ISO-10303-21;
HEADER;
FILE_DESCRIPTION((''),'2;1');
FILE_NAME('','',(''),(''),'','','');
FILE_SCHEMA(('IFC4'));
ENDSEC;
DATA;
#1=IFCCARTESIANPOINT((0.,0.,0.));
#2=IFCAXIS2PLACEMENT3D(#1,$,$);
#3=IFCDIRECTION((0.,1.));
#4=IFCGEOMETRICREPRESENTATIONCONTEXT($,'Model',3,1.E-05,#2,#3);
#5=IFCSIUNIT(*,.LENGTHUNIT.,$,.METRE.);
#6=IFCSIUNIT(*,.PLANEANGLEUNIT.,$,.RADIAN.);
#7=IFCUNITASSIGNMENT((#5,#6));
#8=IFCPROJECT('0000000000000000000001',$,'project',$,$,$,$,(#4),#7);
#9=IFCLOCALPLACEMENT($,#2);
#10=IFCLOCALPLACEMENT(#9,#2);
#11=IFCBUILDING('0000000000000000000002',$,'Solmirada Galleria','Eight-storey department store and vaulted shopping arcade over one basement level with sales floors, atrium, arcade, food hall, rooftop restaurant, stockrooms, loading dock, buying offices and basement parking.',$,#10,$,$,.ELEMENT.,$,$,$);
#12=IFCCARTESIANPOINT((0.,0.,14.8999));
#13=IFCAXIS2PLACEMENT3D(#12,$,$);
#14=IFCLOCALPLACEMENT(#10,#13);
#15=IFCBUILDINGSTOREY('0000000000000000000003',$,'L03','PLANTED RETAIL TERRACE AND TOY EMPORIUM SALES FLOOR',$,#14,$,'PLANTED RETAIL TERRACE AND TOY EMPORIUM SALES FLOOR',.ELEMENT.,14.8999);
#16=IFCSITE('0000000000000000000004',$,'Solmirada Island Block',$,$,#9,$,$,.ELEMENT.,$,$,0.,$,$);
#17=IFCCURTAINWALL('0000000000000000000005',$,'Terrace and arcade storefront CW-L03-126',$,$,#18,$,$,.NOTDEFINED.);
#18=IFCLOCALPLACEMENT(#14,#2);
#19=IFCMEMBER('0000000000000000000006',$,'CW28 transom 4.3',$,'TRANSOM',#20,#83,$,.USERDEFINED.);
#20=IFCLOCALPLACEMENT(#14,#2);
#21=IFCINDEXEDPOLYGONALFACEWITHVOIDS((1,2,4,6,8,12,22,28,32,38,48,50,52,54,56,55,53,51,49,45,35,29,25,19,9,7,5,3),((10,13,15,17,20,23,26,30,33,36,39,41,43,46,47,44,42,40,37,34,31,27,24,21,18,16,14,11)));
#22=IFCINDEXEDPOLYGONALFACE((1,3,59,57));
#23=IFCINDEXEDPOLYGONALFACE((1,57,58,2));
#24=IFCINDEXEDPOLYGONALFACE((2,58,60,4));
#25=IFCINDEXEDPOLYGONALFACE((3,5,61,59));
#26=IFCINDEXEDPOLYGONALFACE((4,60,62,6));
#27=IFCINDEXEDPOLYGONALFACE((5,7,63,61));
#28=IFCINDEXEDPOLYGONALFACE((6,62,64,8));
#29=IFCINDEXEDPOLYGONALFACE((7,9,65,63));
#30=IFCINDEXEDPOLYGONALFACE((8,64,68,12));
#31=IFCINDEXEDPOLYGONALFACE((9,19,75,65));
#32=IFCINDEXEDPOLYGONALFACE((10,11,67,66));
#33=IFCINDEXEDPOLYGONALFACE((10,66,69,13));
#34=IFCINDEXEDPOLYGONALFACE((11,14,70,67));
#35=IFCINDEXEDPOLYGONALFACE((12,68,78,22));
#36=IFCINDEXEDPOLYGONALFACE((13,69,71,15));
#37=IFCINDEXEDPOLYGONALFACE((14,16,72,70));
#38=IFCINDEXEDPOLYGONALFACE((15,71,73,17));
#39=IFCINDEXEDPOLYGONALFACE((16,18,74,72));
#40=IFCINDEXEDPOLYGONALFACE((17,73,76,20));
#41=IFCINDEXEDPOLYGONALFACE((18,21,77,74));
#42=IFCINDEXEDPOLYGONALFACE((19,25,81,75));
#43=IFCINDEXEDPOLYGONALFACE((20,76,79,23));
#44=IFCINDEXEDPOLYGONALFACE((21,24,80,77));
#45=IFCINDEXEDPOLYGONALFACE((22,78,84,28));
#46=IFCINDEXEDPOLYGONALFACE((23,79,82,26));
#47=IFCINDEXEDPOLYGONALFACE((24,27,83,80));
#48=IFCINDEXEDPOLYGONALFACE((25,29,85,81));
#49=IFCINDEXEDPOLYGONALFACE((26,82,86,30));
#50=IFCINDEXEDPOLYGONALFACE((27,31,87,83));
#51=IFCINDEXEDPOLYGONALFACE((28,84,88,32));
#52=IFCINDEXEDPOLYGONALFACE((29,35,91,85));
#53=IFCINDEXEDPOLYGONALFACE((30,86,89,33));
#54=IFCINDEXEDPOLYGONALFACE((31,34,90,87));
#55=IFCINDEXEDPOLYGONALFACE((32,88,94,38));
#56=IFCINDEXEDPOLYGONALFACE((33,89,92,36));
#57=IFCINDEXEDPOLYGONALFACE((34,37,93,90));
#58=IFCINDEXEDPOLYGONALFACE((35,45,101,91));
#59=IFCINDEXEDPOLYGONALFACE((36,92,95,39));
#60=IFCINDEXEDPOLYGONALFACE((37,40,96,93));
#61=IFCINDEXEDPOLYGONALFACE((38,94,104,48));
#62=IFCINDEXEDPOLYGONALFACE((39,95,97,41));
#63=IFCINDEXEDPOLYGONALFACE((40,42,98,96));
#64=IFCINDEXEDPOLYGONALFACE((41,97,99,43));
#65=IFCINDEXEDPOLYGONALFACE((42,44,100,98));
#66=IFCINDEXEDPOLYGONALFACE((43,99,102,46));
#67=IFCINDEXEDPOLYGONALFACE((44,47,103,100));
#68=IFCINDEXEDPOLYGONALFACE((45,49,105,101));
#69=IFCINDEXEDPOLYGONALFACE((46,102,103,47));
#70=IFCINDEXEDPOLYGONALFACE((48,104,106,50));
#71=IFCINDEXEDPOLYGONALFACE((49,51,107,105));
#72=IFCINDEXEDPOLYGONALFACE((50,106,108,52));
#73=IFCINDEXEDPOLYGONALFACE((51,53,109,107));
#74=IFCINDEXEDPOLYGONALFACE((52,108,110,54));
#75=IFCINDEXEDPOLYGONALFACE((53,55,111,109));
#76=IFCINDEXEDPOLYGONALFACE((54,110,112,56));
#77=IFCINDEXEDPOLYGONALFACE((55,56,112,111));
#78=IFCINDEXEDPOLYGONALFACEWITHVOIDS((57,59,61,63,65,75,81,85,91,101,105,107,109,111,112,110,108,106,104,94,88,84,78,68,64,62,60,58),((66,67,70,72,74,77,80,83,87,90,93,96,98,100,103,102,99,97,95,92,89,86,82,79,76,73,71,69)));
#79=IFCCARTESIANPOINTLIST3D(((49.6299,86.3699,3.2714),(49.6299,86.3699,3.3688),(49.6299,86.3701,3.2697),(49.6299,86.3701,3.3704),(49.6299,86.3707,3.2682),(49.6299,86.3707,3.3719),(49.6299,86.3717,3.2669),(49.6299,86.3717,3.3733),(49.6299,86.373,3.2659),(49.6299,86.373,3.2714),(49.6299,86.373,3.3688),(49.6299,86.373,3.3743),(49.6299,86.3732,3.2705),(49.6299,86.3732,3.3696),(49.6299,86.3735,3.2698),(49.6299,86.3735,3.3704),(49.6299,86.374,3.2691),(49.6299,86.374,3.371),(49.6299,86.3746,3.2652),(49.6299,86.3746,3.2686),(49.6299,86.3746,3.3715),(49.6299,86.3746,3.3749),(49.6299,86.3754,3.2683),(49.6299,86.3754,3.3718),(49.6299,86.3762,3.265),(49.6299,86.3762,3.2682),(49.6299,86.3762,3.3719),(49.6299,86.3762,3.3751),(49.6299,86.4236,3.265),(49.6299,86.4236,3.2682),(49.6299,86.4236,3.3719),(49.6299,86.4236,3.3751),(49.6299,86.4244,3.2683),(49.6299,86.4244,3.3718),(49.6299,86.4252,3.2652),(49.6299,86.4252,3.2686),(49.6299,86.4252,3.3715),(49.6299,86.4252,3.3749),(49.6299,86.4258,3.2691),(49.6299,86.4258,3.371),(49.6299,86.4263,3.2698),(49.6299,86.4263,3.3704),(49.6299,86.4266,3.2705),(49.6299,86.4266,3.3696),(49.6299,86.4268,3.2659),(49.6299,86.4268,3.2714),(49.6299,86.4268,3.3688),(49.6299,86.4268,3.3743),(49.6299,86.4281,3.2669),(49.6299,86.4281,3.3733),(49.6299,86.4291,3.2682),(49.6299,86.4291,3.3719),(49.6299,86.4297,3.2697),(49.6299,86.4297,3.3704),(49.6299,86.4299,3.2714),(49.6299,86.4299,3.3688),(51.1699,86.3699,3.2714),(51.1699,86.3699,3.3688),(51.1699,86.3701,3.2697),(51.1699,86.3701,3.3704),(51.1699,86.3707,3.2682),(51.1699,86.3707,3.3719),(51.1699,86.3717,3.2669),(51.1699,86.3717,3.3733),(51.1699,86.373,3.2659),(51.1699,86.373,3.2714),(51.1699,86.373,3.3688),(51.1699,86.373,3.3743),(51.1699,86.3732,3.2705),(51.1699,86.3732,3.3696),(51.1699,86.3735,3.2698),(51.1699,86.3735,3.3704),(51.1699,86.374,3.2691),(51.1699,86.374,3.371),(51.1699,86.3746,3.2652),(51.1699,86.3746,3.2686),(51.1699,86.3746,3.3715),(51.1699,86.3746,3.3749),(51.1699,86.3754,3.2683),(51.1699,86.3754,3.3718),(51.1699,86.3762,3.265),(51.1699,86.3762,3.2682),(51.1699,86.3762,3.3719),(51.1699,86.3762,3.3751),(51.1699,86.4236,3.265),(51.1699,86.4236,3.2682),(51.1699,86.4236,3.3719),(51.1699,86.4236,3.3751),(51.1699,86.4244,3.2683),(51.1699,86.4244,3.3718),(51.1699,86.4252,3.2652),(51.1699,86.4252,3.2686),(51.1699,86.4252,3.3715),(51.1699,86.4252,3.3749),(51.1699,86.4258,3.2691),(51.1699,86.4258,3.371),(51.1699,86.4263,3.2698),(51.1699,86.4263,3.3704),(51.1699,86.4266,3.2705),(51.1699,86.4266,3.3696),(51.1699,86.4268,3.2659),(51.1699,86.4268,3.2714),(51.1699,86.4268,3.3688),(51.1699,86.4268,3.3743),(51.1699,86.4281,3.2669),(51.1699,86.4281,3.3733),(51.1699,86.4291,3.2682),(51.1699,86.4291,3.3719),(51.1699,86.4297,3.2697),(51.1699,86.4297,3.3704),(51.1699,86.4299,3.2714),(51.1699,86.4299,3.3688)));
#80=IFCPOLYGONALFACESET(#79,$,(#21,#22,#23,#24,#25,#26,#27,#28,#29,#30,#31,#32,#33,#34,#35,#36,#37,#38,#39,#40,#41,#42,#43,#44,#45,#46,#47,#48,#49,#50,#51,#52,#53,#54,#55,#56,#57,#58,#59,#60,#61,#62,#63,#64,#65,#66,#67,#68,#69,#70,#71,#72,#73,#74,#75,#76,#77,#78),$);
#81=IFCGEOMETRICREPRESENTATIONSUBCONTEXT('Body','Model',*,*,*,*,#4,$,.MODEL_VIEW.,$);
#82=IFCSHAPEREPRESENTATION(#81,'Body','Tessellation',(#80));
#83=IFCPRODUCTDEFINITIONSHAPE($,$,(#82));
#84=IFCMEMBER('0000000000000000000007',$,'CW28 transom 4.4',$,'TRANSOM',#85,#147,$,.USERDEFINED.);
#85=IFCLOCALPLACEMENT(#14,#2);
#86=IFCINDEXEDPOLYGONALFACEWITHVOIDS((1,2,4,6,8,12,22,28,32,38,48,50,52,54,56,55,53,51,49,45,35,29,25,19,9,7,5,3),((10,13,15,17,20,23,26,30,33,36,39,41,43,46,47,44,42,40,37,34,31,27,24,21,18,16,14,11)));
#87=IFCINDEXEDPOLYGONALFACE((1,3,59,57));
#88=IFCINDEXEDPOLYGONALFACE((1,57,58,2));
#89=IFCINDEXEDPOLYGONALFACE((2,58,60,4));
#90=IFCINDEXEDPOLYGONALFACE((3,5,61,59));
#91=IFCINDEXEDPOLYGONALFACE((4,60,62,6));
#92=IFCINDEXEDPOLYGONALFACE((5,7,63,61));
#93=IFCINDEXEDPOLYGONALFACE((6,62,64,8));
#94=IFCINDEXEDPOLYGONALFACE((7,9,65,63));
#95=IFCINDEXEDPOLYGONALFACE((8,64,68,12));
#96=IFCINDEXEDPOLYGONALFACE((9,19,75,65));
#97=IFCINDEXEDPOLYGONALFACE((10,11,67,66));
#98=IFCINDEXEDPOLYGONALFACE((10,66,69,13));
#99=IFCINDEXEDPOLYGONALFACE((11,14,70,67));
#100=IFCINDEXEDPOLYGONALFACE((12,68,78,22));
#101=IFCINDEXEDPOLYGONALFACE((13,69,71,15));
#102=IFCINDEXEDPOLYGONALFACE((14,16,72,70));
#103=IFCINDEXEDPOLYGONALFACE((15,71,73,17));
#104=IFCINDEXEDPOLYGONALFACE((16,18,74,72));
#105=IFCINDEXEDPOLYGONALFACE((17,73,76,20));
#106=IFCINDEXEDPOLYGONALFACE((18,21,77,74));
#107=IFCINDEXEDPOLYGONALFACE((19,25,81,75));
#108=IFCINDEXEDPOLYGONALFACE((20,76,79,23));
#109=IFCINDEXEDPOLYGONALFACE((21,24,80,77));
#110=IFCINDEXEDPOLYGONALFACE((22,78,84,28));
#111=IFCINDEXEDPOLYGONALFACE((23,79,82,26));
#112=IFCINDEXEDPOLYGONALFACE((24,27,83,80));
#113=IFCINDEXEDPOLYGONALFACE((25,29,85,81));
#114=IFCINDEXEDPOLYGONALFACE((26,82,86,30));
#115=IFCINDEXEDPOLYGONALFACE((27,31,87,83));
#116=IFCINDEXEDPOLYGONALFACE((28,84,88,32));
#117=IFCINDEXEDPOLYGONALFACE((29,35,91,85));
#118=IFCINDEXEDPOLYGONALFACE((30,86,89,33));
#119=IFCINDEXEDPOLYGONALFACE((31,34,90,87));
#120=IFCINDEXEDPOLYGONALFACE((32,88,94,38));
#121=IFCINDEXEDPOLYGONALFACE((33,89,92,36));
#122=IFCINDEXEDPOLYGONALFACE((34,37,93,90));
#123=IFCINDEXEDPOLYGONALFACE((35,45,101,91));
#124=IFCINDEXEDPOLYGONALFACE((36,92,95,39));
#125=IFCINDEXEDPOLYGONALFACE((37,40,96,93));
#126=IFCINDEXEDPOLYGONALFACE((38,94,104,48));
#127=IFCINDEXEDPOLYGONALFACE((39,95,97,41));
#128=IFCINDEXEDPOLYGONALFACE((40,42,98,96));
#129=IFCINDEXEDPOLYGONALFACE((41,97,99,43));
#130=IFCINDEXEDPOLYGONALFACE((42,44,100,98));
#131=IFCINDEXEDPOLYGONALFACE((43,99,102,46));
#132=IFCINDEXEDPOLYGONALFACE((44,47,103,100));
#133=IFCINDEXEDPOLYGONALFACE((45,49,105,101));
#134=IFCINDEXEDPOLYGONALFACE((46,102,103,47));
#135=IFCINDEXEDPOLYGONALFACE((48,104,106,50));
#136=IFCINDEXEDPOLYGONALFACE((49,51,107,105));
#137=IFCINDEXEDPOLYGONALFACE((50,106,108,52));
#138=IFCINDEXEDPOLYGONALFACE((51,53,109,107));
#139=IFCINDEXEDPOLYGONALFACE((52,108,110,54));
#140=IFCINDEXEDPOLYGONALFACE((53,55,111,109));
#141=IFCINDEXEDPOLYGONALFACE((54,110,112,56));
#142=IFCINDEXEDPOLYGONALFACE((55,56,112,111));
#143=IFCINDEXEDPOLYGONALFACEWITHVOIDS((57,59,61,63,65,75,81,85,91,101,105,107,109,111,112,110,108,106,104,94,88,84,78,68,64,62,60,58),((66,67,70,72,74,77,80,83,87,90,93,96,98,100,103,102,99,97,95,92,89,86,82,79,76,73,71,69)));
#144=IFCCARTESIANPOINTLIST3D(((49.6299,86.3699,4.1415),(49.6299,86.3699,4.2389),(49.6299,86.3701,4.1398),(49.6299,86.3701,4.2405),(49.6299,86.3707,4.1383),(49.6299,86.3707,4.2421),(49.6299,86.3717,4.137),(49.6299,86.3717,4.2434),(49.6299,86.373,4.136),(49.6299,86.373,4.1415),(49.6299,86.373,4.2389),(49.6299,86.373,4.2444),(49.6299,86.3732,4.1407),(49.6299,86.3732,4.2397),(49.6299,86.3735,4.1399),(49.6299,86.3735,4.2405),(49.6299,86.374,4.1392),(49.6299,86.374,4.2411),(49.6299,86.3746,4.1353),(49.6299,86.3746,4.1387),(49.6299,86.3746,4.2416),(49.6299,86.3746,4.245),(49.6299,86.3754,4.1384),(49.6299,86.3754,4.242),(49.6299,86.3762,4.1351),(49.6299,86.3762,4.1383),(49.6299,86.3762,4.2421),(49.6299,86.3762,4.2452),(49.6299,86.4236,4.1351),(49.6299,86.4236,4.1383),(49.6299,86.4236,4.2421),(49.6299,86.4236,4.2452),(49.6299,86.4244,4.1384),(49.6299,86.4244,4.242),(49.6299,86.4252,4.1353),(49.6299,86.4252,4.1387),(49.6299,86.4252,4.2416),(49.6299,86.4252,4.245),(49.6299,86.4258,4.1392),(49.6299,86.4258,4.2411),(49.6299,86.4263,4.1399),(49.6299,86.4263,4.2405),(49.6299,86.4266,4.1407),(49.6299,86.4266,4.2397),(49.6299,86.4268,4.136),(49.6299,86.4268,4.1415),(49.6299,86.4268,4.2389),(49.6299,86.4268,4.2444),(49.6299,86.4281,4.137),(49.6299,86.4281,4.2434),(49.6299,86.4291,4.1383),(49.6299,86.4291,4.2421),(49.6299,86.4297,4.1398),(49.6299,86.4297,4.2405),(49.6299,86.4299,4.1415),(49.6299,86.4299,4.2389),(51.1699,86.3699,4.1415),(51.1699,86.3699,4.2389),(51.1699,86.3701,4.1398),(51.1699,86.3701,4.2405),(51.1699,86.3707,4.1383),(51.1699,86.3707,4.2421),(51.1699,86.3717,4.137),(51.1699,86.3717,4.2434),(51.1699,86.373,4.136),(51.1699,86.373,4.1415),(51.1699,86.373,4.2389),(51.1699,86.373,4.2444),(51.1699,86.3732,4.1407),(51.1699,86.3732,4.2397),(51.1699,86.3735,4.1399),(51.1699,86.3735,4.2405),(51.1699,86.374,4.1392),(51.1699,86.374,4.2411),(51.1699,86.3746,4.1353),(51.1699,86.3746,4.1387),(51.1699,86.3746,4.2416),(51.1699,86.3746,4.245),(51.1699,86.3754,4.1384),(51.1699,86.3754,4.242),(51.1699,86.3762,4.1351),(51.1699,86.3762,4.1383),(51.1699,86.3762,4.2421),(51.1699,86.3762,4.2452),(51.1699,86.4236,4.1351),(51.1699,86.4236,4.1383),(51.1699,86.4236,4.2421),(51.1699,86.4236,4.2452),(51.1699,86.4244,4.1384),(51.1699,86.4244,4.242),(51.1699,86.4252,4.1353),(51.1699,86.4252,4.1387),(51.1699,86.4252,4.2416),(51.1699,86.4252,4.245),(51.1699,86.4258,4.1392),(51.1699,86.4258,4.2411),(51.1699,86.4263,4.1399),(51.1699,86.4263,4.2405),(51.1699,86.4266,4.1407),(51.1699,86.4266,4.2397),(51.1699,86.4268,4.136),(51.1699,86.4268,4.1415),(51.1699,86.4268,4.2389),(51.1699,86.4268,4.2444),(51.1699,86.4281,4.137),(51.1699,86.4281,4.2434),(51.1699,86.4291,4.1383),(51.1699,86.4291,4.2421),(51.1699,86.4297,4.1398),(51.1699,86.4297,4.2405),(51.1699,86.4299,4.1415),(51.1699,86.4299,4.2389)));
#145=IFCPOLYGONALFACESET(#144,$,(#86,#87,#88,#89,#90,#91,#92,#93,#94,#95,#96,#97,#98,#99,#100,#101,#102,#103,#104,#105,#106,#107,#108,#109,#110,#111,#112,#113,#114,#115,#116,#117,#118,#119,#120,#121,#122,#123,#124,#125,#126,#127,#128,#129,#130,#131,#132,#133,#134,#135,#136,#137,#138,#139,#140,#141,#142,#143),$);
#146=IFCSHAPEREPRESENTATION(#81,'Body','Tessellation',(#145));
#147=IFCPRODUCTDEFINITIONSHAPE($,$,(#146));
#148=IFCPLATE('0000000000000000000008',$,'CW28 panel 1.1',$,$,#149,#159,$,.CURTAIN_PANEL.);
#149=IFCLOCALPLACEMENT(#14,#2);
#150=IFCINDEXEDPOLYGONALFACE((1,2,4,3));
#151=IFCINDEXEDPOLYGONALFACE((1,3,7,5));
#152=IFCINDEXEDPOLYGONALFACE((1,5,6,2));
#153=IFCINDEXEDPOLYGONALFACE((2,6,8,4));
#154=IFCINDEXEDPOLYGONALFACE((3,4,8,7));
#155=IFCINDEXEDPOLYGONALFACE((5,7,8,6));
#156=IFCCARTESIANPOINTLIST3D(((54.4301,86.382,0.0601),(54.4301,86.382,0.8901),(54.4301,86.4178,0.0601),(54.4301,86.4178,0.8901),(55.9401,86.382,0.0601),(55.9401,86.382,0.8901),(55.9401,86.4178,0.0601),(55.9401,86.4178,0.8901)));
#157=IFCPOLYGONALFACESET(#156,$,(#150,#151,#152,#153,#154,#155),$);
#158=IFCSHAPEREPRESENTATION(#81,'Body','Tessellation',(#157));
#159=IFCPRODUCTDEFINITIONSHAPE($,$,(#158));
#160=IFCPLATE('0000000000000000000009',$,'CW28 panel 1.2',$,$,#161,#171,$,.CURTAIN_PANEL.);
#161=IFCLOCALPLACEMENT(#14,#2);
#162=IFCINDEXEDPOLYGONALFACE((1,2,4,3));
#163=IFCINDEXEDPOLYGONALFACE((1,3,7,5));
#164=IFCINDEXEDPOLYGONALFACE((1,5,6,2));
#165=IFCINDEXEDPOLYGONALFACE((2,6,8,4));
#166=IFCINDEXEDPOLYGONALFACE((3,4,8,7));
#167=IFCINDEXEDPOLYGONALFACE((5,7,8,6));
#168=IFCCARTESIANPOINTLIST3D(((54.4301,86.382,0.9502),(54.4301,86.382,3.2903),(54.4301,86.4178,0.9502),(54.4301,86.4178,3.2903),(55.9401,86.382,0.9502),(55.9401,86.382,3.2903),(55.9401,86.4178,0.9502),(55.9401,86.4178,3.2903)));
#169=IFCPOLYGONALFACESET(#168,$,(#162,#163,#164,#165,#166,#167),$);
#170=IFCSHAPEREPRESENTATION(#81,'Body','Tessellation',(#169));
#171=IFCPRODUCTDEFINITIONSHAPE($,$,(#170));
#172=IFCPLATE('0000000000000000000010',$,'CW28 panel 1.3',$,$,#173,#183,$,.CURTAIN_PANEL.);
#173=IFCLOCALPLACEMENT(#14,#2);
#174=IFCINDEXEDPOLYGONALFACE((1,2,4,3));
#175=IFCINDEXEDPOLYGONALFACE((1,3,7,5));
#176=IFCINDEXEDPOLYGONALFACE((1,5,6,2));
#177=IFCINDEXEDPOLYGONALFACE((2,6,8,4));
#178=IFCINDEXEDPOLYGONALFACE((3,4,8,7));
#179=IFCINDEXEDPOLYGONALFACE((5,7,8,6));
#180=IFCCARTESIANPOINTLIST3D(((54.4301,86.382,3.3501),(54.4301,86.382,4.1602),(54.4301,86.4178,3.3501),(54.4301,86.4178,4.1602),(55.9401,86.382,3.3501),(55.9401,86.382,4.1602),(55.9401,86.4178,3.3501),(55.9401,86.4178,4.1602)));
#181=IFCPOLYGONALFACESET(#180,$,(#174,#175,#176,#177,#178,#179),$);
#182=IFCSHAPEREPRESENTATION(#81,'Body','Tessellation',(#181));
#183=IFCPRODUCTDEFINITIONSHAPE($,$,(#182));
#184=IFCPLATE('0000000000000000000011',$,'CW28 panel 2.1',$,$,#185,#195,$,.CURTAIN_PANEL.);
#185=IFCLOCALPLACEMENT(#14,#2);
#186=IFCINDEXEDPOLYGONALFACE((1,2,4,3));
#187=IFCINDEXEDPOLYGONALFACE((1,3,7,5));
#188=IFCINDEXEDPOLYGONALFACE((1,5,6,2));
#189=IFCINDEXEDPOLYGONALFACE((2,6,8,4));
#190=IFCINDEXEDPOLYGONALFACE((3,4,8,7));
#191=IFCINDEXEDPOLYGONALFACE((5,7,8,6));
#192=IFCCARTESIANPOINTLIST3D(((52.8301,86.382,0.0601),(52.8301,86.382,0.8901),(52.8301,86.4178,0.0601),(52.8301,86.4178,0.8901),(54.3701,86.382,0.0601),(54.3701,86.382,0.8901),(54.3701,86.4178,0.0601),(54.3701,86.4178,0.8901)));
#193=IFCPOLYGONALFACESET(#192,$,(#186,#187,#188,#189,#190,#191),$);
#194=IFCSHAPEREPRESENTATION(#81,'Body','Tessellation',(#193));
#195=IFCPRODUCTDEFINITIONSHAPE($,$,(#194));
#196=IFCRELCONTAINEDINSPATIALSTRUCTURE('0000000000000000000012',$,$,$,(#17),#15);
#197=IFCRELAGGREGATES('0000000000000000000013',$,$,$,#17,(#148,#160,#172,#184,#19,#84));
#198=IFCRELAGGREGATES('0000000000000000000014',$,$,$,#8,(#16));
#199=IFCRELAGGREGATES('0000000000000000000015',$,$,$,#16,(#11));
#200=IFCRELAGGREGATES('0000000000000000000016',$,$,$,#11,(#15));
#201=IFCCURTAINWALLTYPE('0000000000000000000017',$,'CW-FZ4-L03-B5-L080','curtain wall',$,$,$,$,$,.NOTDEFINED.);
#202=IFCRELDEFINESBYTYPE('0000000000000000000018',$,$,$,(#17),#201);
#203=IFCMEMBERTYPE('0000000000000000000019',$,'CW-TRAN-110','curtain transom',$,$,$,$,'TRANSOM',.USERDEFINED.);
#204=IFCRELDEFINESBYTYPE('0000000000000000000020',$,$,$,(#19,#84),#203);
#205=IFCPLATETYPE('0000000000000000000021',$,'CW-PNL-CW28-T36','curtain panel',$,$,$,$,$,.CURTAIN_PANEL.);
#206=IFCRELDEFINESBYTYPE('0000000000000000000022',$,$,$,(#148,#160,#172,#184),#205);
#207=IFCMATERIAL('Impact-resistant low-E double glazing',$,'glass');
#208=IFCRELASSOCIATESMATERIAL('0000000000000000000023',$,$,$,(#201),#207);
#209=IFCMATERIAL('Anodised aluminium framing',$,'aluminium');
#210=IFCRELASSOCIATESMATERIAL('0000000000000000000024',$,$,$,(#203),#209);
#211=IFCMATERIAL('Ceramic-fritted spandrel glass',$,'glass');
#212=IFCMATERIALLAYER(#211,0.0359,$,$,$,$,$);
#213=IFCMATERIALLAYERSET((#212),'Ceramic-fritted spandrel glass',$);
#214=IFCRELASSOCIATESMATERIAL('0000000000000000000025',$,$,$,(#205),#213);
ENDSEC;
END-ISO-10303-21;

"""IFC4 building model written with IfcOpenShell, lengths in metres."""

from ifc_helpers import new_model, si_unit, direction, frame, origin, origin_2d, place, context, subcontext, project, spatial, rectangle, hollow_rectangle, extrude, material, layer, layer_set, material_profile, profile_set, type_object, element, aggregate, save


model = new_model("IFC4")

# Units and contexts
model_context = context("Model", 3, precision=1e-05, world=origin(), true_north=direction((0.0, 1.0)))
body_context = subcontext(model_context, "Body", "Model", "MODEL_VIEW")
ifc_project = project(units=[si_unit("LENGTHUNIT", "METRE"), si_unit("PLANEANGLEUNIT", "RADIAN")], contexts=[model_context])

# Site, building, storey
site_placement = place(None, origin())
site = spatial("IfcSite", under=ifc_project, at=site_placement, Name="Solmirada Island Block", CompositionType="ELEMENT", RefElevation=0.0)
building_placement = place(site_placement, origin())
building = spatial("IfcBuilding", under=site, at=building_placement, Name="Solmirada Galleria", Description="Eight-storey department store and vaulted shopping arcade over one basement level with sales floors, atrium, arcade, food hall, rooftop restaurant, stockrooms, loading dock, buying offices and basement parking.", CompositionType="ELEMENT")
storey_placement = place(building_placement, frame((0.0, 0.0, 14.8999)))
storey = spatial("IfcBuildingStorey", under=building, at=storey_placement, Name="L03", Description="PLANTED RETAIL TERRACE AND TOY EMPORIUM SALES FLOOR", LongName="PLANTED RETAIL TERRACE AND TOY EMPORIUM SALES FLOOR", CompositionType="ELEMENT", Elevation=14.8999)

# Curtain wall, members, plates
ifc_material_1 = material(Name="Impact-resistant low-E double glazing", Category="glass")
curtain_wall_type = type_object("IfcCurtainWallType", Name="CW-FZ4-L03-B5-L080", Description="curtain wall", PredefinedType="NOTDEFINED", material=ifc_material_1)
curtain_wall_placement = place(storey_placement, origin())
curtain_wall = element("IfcCurtainWall", 1, at=curtain_wall_placement, inside=storey, type_object=curtain_wall_type, Name="Terrace and arcade storefront CW-L03-126", PredefinedType="NOTDEFINED")
ifc_material_2 = material(Name="Anodised aluminium framing", Category="aluminium")
ifc_material_profile_1 = material_profile(ifc_material_2, hollow_rectangle(XDim=0.0601, YDim=0.1101, WallThickness=0.0032, InnerFilletRadius=0.0032, OuterFilletRadius=0.0063, at=origin_2d()), Name="ALU-TRAN-110X60")
ifc_profile_set_1 = profile_set([ifc_material_profile_1], Name="Anodised aluminium framing")
member_type_1 = type_object("IfcMemberType", Name="CW-TRAN-110", Description="curtain transom", ElementType="TRANSOM", PredefinedType="USERDEFINED", material=ifc_profile_set_1)
member_1_placement = place(storey_placement, frame((51.1699, 86.3999, 3.3201), z_axis=(-1.0, 0.0, 0.0), x_axis=(0.0, -1.0, 0.0)))
member_1 = element("IfcMember", 2, at=member_1_placement, type_object=member_type_1, Name="CW28 transom 4.3", ObjectType="TRANSOM", PredefinedType="USERDEFINED", context=body_context, shape_type="SweptSolid", body=[
    extrude(hollow_rectangle(XDim=0.0601, YDim=0.1101, WallThickness=0.0032, InnerFilletRadius=0.0032, OuterFilletRadius=0.0063, at=origin_2d()), origin(), (0.0, 0.0, 1.0), 1.54),
])
member_2_placement = place(storey_placement, frame((51.1699, 86.3999, 4.1902), z_axis=(-1.0, 0.0, 0.0), x_axis=(0.0, -1.0, 0.0)))
member_2 = element("IfcMember", 3, at=member_2_placement, type_object=member_type_1, Name="CW28 transom 4.4", ObjectType="TRANSOM", PredefinedType="USERDEFINED", context=body_context, shape_type="SweptSolid", body=[
    extrude(hollow_rectangle(XDim=0.0601, YDim=0.1101, WallThickness=0.0032, InnerFilletRadius=0.0032, OuterFilletRadius=0.0063, at=origin_2d()), origin(), (0.0, 0.0, 1.0), 1.54),
])
ifc_material_3 = material(Name="Ceramic-fritted spandrel glass", Category="glass")
ifc_layer_1 = layer(ifc_material_3, 0.0359)
ifc_layer_set_1 = layer_set([ifc_layer_1], Name="Ceramic-fritted spandrel glass")
plate_type = type_object("IfcPlateType", Name="CW-PNL-CW28-T36", Description="curtain panel", PredefinedType="CURTAIN_PANEL", material=ifc_layer_set_1)
plate_1_placement = place(storey_placement, frame((55.1851, 86.3999, 0.0601), z_axis=(0.0, 0.0, 1.0), x_axis=(-1.0, 0.0, 0.0)))
plate_1 = element("IfcPlate", 4, at=plate_1_placement, type_object=plate_type, Name="CW28 panel 1.1", PredefinedType="CURTAIN_PANEL", context=body_context, shape_type="SweptSolid", body=[
    extrude(rectangle(XDim=1.51, YDim=0.0359, at=origin_2d()), origin(), (0.0, 0.0, 1.0), 0.8301),
])
plate_2_placement = place(storey_placement, frame((55.1851, 86.3999, 0.9502), z_axis=(0.0, 0.0, 1.0), x_axis=(-1.0, 0.0, 0.0)))
plate_2 = element("IfcPlate", 5, at=plate_2_placement, type_object=plate_type, Name="CW28 panel 1.2", PredefinedType="CURTAIN_PANEL", context=body_context, shape_type="SweptSolid", body=[
    extrude(rectangle(XDim=1.51, YDim=0.0359, at=origin_2d()), origin(), (0.0, 0.0, 1.0), 2.3401),
])
plate_3_placement = place(storey_placement, frame((55.1851, 86.3999, 3.3501), z_axis=(0.0, 0.0, 1.0), x_axis=(-1.0, 0.0, 0.0)))
plate_3 = element("IfcPlate", 6, at=plate_3_placement, type_object=plate_type, Name="CW28 panel 1.3", PredefinedType="CURTAIN_PANEL", context=body_context, shape_type="SweptSolid", body=[
    extrude(rectangle(XDim=1.51, YDim=0.0359, at=origin_2d()), origin(), (0.0, 0.0, 1.0), 0.8101),
])
plate_4_placement = place(storey_placement, frame((53.6001, 86.3999, 0.0601), z_axis=(0.0, 0.0, 1.0), x_axis=(-1.0, 0.0, 0.0)))
plate_4 = element("IfcPlate", 7, at=plate_4_placement, type_object=plate_type, Name="CW28 panel 2.1", PredefinedType="CURTAIN_PANEL", context=body_context, shape_type="SweptSolid", body=[
    extrude(rectangle(XDim=1.54, YDim=0.0359, at=origin_2d()), origin(), (0.0, 0.0, 1.0), 0.8301),
])
aggregate(curtain_wall, [plate_1, plate_2, plate_3, plate_4, member_1, member_2])

save(model, "model.ifc")
